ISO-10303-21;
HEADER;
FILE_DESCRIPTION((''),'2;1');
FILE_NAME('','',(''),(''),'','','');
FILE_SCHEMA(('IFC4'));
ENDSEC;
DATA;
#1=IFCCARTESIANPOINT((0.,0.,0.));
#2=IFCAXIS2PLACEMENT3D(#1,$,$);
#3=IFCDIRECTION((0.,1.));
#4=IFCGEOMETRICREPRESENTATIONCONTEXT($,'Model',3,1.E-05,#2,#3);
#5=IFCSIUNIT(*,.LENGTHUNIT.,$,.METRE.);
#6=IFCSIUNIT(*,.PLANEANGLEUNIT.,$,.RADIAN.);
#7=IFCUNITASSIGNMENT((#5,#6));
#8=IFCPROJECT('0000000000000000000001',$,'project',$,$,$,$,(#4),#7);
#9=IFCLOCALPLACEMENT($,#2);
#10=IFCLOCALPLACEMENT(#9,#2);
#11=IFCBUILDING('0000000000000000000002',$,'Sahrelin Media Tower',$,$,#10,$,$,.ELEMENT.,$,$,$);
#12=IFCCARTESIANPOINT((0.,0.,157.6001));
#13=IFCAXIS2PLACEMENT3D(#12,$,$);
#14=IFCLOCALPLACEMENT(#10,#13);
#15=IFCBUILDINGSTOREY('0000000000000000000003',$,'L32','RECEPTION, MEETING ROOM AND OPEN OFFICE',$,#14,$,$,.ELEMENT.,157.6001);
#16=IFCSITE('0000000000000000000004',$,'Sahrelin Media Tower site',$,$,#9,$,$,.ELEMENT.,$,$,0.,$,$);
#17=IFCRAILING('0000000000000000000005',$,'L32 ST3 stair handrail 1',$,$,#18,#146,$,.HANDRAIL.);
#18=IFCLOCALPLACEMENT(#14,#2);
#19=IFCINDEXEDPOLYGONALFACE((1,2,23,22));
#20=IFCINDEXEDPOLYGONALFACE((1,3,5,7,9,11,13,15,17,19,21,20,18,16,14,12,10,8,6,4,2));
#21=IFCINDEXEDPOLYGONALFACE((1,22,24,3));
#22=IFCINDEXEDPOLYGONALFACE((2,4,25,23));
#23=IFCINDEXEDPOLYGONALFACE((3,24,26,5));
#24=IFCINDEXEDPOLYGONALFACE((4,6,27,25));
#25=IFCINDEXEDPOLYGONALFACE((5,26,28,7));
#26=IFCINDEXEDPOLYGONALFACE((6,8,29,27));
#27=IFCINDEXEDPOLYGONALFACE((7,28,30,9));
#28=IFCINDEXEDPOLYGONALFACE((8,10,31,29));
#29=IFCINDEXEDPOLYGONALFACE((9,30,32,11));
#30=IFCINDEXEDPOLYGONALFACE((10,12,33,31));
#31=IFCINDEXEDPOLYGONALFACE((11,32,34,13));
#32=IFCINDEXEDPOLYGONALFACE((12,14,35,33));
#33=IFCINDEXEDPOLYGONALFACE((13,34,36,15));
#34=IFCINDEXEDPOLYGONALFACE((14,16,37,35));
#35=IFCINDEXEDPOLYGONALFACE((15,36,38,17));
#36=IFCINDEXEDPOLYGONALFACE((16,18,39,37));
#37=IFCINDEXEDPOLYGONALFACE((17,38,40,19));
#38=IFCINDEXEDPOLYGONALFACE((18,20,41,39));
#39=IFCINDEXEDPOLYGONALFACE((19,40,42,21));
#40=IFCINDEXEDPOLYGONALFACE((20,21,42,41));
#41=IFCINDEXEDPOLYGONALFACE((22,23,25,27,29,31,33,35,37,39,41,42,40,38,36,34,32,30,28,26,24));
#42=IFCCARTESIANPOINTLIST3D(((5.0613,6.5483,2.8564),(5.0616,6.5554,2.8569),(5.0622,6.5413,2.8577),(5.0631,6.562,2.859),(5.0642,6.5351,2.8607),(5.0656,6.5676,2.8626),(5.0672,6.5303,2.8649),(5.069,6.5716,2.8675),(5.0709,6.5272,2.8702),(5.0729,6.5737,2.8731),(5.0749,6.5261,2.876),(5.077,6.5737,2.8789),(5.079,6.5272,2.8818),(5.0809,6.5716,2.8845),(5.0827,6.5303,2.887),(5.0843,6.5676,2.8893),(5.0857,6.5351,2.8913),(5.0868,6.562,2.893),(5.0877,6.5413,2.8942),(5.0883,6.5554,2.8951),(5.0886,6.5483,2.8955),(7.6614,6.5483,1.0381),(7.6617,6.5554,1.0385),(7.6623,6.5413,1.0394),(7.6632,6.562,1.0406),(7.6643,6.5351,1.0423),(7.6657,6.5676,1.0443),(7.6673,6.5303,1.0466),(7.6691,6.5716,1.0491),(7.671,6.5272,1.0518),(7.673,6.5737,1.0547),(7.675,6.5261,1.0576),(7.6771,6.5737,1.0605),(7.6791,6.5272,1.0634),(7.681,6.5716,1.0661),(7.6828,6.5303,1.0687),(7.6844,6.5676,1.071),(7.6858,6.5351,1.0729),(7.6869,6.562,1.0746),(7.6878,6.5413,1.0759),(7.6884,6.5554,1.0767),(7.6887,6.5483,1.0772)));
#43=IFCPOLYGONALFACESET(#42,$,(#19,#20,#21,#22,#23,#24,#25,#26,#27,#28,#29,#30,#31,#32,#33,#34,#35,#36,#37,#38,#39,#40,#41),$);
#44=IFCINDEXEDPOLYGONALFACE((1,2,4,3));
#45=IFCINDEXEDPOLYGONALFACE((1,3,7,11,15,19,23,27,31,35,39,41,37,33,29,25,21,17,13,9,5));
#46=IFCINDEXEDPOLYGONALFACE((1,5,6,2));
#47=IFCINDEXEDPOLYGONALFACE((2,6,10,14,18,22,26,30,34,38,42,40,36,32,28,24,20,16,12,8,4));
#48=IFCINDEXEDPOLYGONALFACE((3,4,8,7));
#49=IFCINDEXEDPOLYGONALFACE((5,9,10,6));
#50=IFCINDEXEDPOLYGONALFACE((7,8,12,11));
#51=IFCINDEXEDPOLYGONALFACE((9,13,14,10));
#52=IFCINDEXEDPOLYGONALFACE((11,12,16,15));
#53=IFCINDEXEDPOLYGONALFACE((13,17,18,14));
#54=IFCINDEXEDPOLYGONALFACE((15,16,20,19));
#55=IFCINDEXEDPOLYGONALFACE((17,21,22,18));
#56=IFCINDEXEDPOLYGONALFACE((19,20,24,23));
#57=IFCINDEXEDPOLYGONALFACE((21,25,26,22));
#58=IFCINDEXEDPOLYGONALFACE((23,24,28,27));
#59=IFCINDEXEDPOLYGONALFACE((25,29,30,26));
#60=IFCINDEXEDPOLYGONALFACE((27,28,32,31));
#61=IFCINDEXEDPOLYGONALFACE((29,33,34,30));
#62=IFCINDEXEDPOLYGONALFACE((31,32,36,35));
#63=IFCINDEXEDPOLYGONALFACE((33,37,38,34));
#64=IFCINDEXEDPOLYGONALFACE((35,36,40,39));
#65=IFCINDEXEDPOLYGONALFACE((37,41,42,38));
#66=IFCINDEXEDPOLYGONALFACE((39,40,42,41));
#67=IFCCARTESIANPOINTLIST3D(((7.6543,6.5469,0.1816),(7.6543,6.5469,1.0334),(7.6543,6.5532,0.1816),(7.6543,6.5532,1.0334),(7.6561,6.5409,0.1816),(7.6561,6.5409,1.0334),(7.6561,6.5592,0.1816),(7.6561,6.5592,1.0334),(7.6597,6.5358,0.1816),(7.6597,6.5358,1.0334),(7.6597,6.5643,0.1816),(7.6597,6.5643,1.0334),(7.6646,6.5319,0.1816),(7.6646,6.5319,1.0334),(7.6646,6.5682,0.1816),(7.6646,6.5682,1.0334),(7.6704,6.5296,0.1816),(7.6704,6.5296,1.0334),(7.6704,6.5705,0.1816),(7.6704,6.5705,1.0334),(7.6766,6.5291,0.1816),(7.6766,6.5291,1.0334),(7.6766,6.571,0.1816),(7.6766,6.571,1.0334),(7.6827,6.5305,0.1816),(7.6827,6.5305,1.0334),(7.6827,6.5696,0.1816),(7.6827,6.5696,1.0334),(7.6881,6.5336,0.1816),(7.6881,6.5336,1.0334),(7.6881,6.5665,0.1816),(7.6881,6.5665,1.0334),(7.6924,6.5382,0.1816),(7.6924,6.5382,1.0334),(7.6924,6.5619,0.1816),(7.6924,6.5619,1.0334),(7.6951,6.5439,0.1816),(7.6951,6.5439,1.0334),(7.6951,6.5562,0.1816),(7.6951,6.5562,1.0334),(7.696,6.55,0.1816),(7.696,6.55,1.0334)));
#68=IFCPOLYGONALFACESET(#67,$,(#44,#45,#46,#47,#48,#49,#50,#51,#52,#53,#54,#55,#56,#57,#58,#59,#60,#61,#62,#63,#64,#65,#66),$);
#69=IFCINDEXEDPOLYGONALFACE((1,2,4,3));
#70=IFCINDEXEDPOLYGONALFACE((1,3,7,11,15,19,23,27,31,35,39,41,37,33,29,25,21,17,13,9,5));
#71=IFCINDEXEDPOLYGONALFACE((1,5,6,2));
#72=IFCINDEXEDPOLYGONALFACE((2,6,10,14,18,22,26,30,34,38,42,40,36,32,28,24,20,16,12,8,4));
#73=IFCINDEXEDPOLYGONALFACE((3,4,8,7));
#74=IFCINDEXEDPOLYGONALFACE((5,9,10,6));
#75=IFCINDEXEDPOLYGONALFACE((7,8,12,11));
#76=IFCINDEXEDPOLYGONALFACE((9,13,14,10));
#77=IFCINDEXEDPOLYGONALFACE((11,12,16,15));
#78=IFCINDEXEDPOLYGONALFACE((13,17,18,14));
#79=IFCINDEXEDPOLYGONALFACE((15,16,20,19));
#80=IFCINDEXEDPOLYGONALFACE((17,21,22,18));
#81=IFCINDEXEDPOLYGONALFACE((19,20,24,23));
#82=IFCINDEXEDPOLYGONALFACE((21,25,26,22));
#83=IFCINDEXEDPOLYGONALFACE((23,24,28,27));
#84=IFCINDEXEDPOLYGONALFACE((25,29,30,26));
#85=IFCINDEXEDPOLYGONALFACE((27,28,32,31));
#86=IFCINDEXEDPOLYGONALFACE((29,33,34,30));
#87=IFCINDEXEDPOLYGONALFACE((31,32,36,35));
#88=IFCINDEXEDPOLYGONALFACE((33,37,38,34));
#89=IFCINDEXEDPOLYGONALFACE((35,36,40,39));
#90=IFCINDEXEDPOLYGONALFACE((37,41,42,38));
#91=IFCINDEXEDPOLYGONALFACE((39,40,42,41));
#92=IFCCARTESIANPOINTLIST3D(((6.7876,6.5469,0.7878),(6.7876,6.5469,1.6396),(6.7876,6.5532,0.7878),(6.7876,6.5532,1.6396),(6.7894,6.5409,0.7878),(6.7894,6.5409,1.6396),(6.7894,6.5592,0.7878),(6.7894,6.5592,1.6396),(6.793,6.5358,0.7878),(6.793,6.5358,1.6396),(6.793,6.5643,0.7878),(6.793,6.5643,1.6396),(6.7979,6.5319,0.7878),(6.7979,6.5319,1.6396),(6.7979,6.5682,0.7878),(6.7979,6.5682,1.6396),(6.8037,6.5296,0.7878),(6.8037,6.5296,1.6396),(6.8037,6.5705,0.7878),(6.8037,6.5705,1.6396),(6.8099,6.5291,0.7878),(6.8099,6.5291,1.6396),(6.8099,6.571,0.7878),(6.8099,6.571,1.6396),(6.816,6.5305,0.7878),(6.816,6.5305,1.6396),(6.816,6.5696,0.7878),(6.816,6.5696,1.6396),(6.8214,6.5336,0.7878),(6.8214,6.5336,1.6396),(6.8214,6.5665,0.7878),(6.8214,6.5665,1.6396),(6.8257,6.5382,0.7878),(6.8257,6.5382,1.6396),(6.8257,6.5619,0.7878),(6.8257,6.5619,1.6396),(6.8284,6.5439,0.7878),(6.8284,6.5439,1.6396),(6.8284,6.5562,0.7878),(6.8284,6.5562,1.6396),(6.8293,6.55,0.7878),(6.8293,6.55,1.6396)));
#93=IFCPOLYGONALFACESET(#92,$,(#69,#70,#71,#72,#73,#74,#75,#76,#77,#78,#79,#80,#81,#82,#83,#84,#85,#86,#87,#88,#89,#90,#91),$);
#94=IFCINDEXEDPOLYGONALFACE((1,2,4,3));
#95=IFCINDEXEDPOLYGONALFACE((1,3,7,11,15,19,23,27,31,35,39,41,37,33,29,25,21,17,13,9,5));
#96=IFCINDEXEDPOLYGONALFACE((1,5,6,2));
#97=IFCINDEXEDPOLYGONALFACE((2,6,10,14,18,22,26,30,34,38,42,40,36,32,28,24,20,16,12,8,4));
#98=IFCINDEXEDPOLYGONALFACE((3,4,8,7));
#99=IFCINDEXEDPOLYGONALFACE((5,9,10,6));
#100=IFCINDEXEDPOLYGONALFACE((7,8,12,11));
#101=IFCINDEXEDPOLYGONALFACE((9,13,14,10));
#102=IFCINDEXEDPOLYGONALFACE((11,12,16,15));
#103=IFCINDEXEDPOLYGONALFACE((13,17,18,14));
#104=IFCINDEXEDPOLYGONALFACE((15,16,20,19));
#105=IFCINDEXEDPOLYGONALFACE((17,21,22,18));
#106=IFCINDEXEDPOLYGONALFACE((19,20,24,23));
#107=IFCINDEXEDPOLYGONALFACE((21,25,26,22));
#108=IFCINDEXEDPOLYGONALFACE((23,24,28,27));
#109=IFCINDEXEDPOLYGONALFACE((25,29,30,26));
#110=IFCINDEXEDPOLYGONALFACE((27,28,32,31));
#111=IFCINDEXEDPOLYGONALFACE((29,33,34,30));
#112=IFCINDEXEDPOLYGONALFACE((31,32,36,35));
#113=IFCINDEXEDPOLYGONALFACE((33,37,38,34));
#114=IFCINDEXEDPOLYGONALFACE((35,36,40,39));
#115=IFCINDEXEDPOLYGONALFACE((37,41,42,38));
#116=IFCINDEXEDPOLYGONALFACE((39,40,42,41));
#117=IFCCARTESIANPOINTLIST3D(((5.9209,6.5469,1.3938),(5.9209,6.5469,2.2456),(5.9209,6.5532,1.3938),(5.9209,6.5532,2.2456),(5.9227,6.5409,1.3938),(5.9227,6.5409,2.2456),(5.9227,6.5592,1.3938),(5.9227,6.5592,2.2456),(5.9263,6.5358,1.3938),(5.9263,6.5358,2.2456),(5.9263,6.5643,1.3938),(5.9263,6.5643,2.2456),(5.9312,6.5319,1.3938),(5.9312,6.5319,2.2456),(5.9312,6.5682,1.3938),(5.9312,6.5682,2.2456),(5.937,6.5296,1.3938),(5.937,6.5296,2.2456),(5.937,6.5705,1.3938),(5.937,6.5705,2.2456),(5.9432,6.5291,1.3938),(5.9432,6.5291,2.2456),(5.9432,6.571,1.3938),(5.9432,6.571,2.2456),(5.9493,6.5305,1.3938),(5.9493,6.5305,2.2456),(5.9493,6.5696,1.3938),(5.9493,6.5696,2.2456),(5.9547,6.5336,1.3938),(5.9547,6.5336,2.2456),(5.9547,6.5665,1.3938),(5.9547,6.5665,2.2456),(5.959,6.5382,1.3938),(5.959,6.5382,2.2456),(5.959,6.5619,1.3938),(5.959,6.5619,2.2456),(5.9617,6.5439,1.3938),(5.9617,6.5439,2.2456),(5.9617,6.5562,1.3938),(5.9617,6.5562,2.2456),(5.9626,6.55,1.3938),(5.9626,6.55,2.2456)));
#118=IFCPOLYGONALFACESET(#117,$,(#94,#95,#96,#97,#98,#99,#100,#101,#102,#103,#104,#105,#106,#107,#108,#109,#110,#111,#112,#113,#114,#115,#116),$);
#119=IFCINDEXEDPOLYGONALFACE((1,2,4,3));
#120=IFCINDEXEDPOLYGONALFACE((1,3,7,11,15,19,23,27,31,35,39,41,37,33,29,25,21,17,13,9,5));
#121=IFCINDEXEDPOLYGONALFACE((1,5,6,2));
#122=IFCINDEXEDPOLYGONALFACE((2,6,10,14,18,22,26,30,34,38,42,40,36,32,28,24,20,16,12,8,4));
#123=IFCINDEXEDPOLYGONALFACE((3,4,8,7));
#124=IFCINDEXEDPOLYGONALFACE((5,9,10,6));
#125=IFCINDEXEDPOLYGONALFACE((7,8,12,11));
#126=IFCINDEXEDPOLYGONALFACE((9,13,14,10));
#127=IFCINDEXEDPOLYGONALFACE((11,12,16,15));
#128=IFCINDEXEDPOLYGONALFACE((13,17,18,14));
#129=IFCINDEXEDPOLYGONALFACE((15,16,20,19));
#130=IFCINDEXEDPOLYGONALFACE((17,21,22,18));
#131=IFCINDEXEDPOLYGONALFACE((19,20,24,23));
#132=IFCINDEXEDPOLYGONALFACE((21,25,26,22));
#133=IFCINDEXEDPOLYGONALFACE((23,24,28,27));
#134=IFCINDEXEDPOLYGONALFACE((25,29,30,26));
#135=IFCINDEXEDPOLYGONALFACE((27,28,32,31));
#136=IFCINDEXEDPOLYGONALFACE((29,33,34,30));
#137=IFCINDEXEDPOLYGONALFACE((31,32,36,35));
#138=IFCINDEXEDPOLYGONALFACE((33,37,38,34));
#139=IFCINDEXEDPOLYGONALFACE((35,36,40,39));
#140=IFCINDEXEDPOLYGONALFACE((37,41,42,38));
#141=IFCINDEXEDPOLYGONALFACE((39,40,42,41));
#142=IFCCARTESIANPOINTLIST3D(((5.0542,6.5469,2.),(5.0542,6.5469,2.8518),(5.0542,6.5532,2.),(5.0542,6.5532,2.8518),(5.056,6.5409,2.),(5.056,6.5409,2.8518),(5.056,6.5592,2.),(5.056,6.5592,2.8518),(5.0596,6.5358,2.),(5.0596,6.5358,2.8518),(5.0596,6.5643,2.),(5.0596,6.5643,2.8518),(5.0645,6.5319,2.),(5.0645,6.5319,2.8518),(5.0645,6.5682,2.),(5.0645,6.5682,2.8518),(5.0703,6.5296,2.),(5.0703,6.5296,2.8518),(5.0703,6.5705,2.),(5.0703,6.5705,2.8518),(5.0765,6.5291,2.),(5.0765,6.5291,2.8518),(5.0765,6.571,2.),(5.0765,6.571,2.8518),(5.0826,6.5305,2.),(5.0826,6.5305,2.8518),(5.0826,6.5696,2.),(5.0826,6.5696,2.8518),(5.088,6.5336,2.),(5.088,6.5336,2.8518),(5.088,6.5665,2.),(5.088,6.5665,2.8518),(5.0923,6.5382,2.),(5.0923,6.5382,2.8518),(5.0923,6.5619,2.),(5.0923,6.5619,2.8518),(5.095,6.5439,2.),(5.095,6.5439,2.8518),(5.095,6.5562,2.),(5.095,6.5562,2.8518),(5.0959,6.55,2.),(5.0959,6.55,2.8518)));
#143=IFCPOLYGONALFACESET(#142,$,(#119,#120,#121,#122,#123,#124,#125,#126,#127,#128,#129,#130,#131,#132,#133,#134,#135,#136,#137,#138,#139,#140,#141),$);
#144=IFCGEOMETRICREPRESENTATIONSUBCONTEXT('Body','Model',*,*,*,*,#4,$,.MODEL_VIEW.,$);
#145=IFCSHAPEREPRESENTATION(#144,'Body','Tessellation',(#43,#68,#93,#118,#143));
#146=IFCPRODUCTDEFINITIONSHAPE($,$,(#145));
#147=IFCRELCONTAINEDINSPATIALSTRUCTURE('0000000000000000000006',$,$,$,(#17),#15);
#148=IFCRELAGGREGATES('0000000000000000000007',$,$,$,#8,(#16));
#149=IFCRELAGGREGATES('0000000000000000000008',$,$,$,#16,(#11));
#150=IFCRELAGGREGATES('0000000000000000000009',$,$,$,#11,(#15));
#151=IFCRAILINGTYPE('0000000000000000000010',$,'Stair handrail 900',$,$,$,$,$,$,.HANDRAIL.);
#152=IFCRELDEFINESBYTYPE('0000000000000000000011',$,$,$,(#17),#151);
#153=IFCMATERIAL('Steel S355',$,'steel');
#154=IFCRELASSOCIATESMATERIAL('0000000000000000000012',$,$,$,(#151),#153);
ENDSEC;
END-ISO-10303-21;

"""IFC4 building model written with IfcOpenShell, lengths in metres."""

from ifc_helpers import new_model, si_unit, direction, frame, origin, origin_2d, place, context, subcontext, project, spatial, circle, extrude, material, type_object, element, save


model = new_model("IFC4")

# Units and contexts
model_context = context("Model", 3, precision=1e-05, world=origin(), true_north=direction((0.0, 1.0)))
body_context = subcontext(model_context, "Body", "Model", "MODEL_VIEW")
ifc_project = project(units=[si_unit("LENGTHUNIT", "METRE"), si_unit("PLANEANGLEUNIT", "RADIAN")], contexts=[model_context])

# Site, building, storey
site_placement = place(None, origin())
site = spatial("IfcSite", under=ifc_project, at=site_placement, Name="Sahrelin Media Tower site", CompositionType="ELEMENT", RefElevation=0.0)
building_placement = place(site_placement, origin())
building = spatial("IfcBuilding", under=site, at=building_placement, Name="Sahrelin Media Tower", CompositionType="ELEMENT")
storey_placement = place(building_placement, frame((0.0, 0.0, 157.6001)))
storey = spatial("IfcBuildingStorey", under=building, at=storey_placement, Name="L32", Description="RECEPTION, MEETING ROOM AND OPEN OFFICE", CompositionType="ELEMENT", Elevation=157.6001)

# Shared definitions
ifc_material_1 = material(Name="Steel S355", Category="steel")

# Railing
railing_type_1 = type_object("IfcRailingType", Name="Stair handrail 900", PredefinedType="HANDRAIL", material=ifc_material_1)
railing_1_placement = place(storey_placement, frame((7.675, 6.55, 0.1816)))
element("IfcRailing", 1, at=railing_1_placement, inside=storey, type_object=railing_type_1, Name="L32 ST3 stair handrail 1", PredefinedType="HANDRAIL", context=body_context, shape_type="SweptSolid", body=[
    extrude(circle(Radius=0.0239, at=origin_2d()), frame((0.0, 0.0, 0.876), z_axis=(-0.819485, 0.0, 0.573101), x_axis=(0.0, -1.0, 0.0)), (0.0, 0.0, 1.0), 3.1729),
    extrude(circle(Radius=0.021, at=origin_2d()), origin(), (0.0, 0.0, 1.0), 0.8518),
    extrude(circle(Radius=0.021, at=origin_2d()), frame((-0.8667, 0.0, 0.6062)), (0.0, 0.0, 1.0), 0.8518),
    extrude(circle(Radius=0.021, at=origin_2d()), frame((-1.7334, 0.0, 1.2122)), (0.0, 0.0, 1.0), 0.8518),
    extrude(circle(Radius=0.021, at=origin_2d()), frame((-2.6001, 0.0, 1.8184)), (0.0, 0.0, 1.0), 0.8518),
])

save(model, "model.ifc")
